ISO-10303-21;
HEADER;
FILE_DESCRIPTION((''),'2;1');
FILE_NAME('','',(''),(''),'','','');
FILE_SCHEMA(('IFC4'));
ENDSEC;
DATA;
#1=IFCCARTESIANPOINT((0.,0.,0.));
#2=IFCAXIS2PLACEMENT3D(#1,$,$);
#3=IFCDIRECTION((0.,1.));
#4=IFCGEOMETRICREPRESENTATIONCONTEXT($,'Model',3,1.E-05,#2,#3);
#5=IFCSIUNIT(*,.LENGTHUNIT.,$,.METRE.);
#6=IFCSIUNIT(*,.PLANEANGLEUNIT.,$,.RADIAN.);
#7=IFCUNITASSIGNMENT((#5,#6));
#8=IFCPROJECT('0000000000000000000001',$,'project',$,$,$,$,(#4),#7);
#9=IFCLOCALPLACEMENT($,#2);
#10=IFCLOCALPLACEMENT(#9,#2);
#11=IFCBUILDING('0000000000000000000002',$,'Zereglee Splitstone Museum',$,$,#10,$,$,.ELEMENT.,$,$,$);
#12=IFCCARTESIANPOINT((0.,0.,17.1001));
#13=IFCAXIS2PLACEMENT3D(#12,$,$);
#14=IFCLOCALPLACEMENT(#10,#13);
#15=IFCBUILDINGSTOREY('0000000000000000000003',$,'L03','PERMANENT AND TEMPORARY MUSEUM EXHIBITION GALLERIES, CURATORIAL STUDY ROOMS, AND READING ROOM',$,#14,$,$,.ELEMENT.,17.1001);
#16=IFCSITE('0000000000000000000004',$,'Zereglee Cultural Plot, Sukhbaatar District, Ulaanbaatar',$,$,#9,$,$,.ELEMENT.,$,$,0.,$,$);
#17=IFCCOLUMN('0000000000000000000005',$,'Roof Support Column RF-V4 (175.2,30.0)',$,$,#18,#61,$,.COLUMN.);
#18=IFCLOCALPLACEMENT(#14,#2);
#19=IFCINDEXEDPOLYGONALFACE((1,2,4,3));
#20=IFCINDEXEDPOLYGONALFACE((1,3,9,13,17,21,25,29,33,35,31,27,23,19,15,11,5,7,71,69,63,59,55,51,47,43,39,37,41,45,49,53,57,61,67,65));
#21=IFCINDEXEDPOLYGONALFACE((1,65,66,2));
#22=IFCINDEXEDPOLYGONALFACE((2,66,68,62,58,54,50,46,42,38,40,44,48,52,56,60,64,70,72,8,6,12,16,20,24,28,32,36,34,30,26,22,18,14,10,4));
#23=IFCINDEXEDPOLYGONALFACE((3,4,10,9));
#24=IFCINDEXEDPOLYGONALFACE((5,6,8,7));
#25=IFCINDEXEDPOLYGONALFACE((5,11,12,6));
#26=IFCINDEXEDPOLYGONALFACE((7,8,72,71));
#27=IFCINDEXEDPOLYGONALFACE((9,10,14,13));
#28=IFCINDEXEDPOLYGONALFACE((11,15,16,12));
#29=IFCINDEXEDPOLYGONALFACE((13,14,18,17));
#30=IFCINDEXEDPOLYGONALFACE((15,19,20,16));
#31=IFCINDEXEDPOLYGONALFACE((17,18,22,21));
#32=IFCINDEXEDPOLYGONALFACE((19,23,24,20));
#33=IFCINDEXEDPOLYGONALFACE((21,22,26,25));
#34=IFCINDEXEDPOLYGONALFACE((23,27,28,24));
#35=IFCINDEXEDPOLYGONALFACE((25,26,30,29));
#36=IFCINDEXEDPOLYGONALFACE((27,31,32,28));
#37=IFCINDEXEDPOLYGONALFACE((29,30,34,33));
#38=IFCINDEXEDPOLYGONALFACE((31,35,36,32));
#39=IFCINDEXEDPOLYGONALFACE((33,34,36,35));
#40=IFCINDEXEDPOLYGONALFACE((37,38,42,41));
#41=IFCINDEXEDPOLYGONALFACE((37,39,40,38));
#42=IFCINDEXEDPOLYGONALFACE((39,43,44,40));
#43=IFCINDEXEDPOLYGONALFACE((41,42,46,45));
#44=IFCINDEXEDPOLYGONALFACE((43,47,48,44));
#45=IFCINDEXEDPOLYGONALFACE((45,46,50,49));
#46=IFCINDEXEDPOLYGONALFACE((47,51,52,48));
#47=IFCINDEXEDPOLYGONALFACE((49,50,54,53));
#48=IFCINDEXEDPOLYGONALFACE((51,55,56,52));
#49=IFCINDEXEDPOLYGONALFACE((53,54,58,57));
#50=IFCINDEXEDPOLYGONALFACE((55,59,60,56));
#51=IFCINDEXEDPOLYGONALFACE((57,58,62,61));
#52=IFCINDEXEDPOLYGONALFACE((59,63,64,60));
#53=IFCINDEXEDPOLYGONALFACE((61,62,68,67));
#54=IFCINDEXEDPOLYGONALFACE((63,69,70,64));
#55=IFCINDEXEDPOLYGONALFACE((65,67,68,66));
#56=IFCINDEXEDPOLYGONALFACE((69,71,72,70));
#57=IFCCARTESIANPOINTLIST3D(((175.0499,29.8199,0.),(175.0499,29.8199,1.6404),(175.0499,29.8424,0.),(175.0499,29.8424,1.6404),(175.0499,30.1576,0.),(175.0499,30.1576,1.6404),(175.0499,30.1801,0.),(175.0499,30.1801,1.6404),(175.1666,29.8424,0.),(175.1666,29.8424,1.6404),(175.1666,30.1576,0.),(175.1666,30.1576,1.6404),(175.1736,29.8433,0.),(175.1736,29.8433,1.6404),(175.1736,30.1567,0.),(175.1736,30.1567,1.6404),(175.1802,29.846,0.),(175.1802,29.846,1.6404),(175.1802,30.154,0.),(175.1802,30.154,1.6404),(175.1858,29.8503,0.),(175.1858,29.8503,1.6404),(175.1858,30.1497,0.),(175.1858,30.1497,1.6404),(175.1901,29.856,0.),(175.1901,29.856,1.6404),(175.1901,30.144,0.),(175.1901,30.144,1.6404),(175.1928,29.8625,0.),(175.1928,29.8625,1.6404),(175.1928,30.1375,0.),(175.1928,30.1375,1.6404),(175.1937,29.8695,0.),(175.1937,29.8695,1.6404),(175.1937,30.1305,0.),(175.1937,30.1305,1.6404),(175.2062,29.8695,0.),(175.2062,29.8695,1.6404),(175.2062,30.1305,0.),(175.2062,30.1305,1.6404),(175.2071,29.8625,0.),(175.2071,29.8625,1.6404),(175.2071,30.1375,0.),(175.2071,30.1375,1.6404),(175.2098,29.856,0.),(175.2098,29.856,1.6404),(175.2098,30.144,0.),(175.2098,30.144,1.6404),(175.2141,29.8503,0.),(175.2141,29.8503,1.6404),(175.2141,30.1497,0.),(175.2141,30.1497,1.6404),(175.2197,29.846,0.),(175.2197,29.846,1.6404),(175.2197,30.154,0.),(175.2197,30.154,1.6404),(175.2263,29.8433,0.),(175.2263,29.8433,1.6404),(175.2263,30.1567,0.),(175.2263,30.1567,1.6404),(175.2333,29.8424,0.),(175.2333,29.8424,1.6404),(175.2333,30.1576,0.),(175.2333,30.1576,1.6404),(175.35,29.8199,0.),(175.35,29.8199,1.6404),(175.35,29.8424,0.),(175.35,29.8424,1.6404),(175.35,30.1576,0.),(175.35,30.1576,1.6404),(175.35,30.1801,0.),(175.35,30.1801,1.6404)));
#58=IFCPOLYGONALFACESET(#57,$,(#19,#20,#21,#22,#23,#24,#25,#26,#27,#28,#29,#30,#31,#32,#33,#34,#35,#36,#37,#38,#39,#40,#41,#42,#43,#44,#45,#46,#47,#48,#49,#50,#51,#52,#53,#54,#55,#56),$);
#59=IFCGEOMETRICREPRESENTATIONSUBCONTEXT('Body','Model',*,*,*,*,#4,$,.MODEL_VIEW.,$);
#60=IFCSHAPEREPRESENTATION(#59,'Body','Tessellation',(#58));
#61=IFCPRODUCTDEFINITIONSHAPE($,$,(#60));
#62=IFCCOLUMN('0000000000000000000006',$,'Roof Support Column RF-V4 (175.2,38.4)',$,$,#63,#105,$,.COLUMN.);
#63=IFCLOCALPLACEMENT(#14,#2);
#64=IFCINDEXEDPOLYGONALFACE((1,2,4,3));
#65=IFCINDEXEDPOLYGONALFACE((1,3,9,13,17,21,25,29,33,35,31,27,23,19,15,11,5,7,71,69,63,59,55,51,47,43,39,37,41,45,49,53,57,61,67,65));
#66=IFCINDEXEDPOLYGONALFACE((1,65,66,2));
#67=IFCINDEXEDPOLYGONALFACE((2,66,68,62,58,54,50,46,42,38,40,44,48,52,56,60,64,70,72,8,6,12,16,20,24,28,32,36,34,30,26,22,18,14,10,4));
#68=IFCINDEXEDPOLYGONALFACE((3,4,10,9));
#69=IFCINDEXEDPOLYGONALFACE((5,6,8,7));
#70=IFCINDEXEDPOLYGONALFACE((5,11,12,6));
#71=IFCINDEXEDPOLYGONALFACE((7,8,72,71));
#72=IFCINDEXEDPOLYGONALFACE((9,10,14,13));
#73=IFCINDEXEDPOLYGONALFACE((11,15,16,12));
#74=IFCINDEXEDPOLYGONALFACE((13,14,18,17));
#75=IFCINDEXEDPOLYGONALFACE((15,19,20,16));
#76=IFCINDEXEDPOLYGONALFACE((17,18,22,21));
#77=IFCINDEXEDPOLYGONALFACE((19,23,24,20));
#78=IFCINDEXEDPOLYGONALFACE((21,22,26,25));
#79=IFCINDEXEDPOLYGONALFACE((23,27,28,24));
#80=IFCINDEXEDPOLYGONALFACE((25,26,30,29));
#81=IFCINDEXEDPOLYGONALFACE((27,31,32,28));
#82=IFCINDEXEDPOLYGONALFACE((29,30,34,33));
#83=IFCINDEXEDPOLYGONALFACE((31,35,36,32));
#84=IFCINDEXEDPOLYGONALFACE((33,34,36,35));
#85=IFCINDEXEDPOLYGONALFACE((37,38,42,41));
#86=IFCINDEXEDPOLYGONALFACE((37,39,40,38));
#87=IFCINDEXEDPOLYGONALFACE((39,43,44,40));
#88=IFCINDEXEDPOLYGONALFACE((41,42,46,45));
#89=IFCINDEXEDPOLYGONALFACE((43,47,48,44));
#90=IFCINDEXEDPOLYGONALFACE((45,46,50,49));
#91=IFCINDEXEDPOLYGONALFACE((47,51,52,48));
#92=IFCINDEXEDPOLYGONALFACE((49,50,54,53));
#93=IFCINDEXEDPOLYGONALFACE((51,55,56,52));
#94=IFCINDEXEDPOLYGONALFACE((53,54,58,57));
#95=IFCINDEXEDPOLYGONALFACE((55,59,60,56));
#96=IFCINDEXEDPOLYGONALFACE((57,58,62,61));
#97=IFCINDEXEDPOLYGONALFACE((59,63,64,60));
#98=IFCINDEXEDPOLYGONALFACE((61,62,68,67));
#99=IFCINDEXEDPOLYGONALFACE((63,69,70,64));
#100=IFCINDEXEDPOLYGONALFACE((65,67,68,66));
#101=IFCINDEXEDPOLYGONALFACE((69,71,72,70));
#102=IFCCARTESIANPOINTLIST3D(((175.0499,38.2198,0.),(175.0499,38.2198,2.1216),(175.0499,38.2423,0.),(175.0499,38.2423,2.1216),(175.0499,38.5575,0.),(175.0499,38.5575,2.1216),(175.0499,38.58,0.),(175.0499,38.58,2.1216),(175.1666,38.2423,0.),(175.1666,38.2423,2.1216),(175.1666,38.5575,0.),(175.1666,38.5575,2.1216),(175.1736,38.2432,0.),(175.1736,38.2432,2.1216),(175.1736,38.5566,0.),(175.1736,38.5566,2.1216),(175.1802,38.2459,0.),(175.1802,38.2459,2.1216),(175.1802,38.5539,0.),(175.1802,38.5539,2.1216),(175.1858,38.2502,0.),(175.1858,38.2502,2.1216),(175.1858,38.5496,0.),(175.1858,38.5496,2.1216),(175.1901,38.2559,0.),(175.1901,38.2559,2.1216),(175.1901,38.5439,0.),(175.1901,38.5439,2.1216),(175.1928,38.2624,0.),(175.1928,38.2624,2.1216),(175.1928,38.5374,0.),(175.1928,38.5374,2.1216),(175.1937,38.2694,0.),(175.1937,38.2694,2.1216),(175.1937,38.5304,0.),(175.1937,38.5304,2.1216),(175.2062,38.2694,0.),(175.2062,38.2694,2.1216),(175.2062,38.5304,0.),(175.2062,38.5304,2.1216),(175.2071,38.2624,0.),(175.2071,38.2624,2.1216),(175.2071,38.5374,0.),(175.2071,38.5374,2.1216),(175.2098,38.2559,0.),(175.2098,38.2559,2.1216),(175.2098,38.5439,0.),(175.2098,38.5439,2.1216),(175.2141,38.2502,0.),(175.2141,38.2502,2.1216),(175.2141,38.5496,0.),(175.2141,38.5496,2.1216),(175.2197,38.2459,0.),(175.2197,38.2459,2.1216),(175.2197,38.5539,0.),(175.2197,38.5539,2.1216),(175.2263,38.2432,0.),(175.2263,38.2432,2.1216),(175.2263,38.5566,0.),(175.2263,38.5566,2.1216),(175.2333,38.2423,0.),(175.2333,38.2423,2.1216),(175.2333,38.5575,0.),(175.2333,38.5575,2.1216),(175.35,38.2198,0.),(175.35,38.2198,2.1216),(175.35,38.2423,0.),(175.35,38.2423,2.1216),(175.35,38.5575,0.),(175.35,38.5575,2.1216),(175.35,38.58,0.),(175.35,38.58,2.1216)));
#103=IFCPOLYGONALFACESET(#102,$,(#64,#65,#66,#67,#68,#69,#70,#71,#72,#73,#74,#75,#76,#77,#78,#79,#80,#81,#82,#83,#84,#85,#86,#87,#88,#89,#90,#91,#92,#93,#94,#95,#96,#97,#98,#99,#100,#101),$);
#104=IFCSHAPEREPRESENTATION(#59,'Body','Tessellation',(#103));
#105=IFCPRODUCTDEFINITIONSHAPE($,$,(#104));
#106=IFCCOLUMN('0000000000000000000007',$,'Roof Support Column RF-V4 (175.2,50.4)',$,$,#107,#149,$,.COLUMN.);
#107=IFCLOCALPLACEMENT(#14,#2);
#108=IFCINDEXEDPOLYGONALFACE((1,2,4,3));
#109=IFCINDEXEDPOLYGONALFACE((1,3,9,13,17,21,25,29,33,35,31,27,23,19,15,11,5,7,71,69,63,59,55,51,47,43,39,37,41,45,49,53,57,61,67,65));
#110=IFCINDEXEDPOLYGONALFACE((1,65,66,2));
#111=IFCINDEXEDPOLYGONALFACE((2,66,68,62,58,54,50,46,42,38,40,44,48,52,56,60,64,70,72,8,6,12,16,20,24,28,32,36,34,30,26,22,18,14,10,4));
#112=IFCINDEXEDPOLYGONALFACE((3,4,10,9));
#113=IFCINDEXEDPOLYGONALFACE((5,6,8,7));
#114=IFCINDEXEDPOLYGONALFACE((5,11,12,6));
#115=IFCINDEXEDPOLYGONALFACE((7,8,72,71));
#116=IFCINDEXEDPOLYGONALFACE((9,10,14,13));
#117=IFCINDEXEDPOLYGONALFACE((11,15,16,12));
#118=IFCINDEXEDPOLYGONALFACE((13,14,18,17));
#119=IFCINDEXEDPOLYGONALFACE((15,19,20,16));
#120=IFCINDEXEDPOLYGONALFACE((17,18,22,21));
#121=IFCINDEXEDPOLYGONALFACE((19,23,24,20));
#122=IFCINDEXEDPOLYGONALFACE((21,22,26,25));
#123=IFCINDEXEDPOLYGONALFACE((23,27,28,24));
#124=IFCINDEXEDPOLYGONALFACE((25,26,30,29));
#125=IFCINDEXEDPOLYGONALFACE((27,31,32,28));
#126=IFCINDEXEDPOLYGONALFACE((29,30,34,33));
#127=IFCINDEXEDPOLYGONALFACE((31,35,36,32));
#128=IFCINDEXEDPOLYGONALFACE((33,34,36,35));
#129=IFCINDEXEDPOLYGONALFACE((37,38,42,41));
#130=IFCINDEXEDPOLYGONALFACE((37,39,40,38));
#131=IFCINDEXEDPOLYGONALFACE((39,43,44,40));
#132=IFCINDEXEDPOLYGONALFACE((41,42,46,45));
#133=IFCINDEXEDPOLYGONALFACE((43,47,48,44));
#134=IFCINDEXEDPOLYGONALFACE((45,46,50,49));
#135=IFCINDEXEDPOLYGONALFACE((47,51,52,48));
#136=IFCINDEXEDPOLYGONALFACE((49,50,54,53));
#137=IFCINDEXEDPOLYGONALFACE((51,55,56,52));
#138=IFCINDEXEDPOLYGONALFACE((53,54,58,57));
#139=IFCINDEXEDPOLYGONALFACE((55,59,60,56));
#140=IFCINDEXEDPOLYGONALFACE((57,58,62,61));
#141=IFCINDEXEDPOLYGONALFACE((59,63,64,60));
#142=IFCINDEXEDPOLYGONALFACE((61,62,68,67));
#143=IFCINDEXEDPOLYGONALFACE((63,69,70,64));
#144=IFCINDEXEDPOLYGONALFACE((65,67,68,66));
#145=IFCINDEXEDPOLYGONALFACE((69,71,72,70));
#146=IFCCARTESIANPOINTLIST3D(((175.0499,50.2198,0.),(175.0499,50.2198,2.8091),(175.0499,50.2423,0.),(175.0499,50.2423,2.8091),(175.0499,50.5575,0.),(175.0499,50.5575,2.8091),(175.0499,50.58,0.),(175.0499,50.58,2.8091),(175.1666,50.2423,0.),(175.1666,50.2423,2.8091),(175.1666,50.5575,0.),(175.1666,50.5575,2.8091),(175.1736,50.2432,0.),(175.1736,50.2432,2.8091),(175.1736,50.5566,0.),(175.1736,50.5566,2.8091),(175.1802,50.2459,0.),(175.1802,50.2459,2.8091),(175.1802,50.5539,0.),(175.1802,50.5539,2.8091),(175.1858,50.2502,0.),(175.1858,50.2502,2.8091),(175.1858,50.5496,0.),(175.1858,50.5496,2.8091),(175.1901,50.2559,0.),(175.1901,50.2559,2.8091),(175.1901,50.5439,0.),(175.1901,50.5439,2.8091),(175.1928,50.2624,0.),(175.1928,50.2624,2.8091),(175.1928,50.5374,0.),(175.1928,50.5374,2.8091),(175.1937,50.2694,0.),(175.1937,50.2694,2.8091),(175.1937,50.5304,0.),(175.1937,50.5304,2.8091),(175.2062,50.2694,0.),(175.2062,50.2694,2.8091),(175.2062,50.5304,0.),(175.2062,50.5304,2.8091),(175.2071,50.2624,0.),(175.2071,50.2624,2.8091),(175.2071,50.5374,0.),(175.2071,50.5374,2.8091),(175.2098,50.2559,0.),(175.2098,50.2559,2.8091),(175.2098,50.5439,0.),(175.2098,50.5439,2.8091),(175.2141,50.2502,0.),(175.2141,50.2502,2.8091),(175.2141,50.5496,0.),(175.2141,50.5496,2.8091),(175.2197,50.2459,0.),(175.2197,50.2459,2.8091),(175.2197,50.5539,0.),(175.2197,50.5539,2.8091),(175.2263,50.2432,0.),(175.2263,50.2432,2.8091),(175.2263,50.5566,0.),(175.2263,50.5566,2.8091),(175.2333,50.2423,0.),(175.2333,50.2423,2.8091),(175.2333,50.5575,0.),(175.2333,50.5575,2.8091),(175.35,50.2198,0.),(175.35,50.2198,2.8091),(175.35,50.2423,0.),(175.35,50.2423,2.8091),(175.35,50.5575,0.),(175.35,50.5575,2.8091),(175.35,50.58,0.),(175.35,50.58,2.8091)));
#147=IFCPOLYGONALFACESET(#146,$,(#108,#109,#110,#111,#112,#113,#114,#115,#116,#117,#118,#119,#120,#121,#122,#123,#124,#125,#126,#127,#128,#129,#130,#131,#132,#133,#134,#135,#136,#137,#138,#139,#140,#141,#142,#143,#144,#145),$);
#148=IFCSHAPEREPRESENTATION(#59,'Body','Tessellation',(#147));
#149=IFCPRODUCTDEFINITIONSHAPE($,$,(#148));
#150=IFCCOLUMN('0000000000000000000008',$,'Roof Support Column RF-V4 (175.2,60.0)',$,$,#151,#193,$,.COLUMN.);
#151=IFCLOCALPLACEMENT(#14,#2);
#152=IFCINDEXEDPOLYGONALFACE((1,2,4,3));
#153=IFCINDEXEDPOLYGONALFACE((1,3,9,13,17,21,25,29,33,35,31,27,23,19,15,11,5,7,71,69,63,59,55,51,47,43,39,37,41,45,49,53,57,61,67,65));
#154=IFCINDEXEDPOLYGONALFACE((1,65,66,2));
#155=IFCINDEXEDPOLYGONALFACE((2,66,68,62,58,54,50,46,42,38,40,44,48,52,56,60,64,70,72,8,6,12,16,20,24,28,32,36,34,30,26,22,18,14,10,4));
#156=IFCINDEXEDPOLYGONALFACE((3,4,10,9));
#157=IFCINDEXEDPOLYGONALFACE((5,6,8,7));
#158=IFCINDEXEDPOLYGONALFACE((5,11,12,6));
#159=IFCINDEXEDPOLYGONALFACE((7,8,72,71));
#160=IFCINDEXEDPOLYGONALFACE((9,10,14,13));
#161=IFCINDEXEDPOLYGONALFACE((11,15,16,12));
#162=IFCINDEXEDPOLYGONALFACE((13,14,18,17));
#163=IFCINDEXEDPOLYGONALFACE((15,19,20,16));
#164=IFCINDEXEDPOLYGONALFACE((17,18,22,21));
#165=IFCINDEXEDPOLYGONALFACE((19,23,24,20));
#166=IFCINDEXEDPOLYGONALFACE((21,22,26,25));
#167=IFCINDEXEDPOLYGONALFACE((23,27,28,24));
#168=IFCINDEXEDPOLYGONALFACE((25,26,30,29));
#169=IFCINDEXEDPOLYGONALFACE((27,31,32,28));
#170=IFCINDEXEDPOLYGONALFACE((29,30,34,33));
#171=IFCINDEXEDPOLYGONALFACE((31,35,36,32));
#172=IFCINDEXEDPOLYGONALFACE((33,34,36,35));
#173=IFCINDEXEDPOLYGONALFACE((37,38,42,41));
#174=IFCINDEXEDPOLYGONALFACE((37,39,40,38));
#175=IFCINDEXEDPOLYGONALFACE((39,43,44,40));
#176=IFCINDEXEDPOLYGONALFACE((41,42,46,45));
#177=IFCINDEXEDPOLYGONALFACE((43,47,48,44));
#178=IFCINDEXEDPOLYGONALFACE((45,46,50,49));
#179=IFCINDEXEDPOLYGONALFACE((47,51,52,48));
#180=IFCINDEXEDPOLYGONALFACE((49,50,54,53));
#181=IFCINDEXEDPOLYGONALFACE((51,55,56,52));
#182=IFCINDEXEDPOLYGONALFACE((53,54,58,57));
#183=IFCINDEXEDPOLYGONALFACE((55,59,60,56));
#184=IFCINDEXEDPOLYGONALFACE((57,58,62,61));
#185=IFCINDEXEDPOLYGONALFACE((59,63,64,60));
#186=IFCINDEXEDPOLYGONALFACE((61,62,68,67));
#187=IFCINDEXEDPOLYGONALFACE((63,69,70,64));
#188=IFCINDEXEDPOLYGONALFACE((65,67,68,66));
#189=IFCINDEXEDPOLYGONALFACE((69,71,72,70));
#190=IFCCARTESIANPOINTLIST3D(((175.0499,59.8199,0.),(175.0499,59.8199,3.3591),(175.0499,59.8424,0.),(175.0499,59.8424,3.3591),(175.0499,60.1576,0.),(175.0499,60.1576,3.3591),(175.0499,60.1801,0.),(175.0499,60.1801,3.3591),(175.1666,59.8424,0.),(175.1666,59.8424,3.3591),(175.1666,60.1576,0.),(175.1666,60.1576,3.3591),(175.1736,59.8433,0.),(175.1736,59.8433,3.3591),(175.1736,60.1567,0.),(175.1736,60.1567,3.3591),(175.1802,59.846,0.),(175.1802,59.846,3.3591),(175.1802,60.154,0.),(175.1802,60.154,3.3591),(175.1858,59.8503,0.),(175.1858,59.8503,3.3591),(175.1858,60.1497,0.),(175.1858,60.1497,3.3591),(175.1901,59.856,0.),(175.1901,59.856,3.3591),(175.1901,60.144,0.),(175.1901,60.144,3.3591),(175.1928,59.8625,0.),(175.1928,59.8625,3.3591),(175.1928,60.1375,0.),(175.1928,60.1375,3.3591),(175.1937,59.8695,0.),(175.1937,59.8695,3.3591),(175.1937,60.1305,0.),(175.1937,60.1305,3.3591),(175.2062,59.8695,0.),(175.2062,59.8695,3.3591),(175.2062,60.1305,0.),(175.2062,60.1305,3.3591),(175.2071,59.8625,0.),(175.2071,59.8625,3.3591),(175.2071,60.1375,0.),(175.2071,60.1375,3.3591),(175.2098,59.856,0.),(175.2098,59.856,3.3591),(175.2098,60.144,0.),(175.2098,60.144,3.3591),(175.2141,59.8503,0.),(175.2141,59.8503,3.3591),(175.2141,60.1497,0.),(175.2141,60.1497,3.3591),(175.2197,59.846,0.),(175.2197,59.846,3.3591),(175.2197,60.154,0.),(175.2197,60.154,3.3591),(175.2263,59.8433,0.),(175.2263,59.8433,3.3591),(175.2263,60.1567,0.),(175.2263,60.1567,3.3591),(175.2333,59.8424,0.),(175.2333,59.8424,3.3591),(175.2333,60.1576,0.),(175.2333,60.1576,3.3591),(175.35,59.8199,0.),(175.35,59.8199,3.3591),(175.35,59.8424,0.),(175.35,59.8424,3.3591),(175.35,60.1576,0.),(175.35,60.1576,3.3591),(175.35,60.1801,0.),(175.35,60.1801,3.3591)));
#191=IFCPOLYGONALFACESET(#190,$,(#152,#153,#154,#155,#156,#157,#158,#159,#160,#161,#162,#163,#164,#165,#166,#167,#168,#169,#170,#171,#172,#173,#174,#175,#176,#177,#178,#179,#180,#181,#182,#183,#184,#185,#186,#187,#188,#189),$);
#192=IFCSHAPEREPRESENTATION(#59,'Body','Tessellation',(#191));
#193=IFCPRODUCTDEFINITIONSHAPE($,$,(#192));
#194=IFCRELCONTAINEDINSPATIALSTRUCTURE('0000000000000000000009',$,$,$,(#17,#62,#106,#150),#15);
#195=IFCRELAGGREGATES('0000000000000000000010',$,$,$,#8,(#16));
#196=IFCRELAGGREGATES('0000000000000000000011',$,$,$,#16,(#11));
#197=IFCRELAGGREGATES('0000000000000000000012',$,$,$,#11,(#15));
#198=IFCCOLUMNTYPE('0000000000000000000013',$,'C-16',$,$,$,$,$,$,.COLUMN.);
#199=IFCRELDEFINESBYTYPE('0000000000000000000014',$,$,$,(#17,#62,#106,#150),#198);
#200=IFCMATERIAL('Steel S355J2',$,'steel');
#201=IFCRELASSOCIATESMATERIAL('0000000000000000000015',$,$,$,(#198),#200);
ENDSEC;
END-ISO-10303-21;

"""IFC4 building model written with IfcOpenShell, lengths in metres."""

from ifc_helpers import new_model, si_unit, direction, frame, origin, origin_2d, place, context, subcontext, project, spatial, i_section, extrude, material, material_profile, profile_set, type_object, element, save


model = new_model("IFC4")

# Units and contexts
model_context = context("Model", 3, precision=1e-05, world=origin(), true_north=direction((0.0, 1.0)))
body_context = subcontext(model_context, "Body", "Model", "MODEL_VIEW")
ifc_project = project(units=[si_unit("LENGTHUNIT", "METRE"), si_unit("PLANEANGLEUNIT", "RADIAN")], contexts=[model_context])

# Site, building, storey
site_placement = place(None, origin())
site = spatial("IfcSite", under=ifc_project, at=site_placement, Name="Zereglee Cultural Plot, Sukhbaatar District, Ulaanbaatar", CompositionType="ELEMENT", RefElevation=0.0)
building_placement = place(site_placement, origin())
building = spatial("IfcBuilding", under=site, at=building_placement, Name="Zereglee Splitstone Museum", CompositionType="ELEMENT")
storey_placement = place(building_placement, frame((0.0, 0.0, 17.1001)))
storey = spatial("IfcBuildingStorey", under=building, at=storey_placement, Name="L03", Description="PERMANENT AND TEMPORARY MUSEUM EXHIBITION GALLERIES, CURATORIAL STUDY ROOMS, AND READING ROOM", CompositionType="ELEMENT", Elevation=17.1001)

# Columns
ifc_material_1 = material(Name="Steel S355J2", Category="steel")
ifc_material_profile_1 = material_profile(ifc_material_1, i_section(OverallWidth=0.3, OverallDepth=0.3601, WebThickness=0.0125, FlangeThickness=0.0225, FilletRadius=0.0271, at=origin_2d()), Name="HE 360 B")
ifc_profile_set_1 = profile_set([ifc_material_profile_1], Name="Steel S355J2")
column_type = type_object("IfcColumnType", Name="C-16", PredefinedType="COLUMN", material=ifc_profile_set_1)
column_1_placement = place(storey_placement, frame((175.2, 30.0, 0.0), z_axis=(0.0, 0.0, 1.0), x_axis=(1.0, 0.0, 0.0)))
element("IfcColumn", 1, at=column_1_placement, inside=storey, type_object=column_type, Name="Roof Support Column RF-V4 (175.2,30.0)", PredefinedType="COLUMN", context=body_context, shape_type="SweptSolid", body=[
    extrude(i_section(OverallWidth=0.3, OverallDepth=0.3601, WebThickness=0.0125, FlangeThickness=0.0225, FilletRadius=0.0271, at=origin_2d()), origin(), (0.0, 0.0, 1.0), 1.6404),
])
column_2_placement = place(storey_placement, frame((175.2, 38.3999, 0.0), z_axis=(0.0, 0.0, 1.0), x_axis=(1.0, 0.0, 0.0)))
element("IfcColumn", 2, at=column_2_placement, inside=storey, type_object=column_type, Name="Roof Support Column RF-V4 (175.2,38.4)", PredefinedType="COLUMN", context=body_context, shape_type="SweptSolid", body=[
    extrude(i_section(OverallWidth=0.3, OverallDepth=0.3601, WebThickness=0.0125, FlangeThickness=0.0225, FilletRadius=0.0271, at=origin_2d()), origin(), (0.0, 0.0, 1.0), 2.1216),
])
column_3_placement = place(storey_placement, frame((175.2, 50.3999, 0.0), z_axis=(0.0, 0.0, 1.0), x_axis=(1.0, 0.0, 0.0)))
element("IfcColumn", 3, at=column_3_placement, inside=storey, type_object=column_type, Name="Roof Support Column RF-V4 (175.2,50.4)", PredefinedType="COLUMN", context=body_context, shape_type="SweptSolid", body=[
    extrude(i_section(OverallWidth=0.3, OverallDepth=0.3601, WebThickness=0.0125, FlangeThickness=0.0225, FilletRadius=0.0271, at=origin_2d()), origin(), (0.0, 0.0, 1.0), 2.8091),
])
column_4_placement = place(storey_placement, frame((175.2, 60.0, 0.0), z_axis=(0.0, 0.0, 1.0), x_axis=(1.0, 0.0, 0.0)))
element("IfcColumn", 4, at=column_4_placement, inside=storey, type_object=column_type, Name="Roof Support Column RF-V4 (175.2,60.0)", PredefinedType="COLUMN", context=body_context, shape_type="SweptSolid", body=[
    extrude(i_section(OverallWidth=0.3, OverallDepth=0.3601, WebThickness=0.0125, FlangeThickness=0.0225, FilletRadius=0.0271, at=origin_2d()), origin(), (0.0, 0.0, 1.0), 3.3591),
])

save(model, "model.ifc")
